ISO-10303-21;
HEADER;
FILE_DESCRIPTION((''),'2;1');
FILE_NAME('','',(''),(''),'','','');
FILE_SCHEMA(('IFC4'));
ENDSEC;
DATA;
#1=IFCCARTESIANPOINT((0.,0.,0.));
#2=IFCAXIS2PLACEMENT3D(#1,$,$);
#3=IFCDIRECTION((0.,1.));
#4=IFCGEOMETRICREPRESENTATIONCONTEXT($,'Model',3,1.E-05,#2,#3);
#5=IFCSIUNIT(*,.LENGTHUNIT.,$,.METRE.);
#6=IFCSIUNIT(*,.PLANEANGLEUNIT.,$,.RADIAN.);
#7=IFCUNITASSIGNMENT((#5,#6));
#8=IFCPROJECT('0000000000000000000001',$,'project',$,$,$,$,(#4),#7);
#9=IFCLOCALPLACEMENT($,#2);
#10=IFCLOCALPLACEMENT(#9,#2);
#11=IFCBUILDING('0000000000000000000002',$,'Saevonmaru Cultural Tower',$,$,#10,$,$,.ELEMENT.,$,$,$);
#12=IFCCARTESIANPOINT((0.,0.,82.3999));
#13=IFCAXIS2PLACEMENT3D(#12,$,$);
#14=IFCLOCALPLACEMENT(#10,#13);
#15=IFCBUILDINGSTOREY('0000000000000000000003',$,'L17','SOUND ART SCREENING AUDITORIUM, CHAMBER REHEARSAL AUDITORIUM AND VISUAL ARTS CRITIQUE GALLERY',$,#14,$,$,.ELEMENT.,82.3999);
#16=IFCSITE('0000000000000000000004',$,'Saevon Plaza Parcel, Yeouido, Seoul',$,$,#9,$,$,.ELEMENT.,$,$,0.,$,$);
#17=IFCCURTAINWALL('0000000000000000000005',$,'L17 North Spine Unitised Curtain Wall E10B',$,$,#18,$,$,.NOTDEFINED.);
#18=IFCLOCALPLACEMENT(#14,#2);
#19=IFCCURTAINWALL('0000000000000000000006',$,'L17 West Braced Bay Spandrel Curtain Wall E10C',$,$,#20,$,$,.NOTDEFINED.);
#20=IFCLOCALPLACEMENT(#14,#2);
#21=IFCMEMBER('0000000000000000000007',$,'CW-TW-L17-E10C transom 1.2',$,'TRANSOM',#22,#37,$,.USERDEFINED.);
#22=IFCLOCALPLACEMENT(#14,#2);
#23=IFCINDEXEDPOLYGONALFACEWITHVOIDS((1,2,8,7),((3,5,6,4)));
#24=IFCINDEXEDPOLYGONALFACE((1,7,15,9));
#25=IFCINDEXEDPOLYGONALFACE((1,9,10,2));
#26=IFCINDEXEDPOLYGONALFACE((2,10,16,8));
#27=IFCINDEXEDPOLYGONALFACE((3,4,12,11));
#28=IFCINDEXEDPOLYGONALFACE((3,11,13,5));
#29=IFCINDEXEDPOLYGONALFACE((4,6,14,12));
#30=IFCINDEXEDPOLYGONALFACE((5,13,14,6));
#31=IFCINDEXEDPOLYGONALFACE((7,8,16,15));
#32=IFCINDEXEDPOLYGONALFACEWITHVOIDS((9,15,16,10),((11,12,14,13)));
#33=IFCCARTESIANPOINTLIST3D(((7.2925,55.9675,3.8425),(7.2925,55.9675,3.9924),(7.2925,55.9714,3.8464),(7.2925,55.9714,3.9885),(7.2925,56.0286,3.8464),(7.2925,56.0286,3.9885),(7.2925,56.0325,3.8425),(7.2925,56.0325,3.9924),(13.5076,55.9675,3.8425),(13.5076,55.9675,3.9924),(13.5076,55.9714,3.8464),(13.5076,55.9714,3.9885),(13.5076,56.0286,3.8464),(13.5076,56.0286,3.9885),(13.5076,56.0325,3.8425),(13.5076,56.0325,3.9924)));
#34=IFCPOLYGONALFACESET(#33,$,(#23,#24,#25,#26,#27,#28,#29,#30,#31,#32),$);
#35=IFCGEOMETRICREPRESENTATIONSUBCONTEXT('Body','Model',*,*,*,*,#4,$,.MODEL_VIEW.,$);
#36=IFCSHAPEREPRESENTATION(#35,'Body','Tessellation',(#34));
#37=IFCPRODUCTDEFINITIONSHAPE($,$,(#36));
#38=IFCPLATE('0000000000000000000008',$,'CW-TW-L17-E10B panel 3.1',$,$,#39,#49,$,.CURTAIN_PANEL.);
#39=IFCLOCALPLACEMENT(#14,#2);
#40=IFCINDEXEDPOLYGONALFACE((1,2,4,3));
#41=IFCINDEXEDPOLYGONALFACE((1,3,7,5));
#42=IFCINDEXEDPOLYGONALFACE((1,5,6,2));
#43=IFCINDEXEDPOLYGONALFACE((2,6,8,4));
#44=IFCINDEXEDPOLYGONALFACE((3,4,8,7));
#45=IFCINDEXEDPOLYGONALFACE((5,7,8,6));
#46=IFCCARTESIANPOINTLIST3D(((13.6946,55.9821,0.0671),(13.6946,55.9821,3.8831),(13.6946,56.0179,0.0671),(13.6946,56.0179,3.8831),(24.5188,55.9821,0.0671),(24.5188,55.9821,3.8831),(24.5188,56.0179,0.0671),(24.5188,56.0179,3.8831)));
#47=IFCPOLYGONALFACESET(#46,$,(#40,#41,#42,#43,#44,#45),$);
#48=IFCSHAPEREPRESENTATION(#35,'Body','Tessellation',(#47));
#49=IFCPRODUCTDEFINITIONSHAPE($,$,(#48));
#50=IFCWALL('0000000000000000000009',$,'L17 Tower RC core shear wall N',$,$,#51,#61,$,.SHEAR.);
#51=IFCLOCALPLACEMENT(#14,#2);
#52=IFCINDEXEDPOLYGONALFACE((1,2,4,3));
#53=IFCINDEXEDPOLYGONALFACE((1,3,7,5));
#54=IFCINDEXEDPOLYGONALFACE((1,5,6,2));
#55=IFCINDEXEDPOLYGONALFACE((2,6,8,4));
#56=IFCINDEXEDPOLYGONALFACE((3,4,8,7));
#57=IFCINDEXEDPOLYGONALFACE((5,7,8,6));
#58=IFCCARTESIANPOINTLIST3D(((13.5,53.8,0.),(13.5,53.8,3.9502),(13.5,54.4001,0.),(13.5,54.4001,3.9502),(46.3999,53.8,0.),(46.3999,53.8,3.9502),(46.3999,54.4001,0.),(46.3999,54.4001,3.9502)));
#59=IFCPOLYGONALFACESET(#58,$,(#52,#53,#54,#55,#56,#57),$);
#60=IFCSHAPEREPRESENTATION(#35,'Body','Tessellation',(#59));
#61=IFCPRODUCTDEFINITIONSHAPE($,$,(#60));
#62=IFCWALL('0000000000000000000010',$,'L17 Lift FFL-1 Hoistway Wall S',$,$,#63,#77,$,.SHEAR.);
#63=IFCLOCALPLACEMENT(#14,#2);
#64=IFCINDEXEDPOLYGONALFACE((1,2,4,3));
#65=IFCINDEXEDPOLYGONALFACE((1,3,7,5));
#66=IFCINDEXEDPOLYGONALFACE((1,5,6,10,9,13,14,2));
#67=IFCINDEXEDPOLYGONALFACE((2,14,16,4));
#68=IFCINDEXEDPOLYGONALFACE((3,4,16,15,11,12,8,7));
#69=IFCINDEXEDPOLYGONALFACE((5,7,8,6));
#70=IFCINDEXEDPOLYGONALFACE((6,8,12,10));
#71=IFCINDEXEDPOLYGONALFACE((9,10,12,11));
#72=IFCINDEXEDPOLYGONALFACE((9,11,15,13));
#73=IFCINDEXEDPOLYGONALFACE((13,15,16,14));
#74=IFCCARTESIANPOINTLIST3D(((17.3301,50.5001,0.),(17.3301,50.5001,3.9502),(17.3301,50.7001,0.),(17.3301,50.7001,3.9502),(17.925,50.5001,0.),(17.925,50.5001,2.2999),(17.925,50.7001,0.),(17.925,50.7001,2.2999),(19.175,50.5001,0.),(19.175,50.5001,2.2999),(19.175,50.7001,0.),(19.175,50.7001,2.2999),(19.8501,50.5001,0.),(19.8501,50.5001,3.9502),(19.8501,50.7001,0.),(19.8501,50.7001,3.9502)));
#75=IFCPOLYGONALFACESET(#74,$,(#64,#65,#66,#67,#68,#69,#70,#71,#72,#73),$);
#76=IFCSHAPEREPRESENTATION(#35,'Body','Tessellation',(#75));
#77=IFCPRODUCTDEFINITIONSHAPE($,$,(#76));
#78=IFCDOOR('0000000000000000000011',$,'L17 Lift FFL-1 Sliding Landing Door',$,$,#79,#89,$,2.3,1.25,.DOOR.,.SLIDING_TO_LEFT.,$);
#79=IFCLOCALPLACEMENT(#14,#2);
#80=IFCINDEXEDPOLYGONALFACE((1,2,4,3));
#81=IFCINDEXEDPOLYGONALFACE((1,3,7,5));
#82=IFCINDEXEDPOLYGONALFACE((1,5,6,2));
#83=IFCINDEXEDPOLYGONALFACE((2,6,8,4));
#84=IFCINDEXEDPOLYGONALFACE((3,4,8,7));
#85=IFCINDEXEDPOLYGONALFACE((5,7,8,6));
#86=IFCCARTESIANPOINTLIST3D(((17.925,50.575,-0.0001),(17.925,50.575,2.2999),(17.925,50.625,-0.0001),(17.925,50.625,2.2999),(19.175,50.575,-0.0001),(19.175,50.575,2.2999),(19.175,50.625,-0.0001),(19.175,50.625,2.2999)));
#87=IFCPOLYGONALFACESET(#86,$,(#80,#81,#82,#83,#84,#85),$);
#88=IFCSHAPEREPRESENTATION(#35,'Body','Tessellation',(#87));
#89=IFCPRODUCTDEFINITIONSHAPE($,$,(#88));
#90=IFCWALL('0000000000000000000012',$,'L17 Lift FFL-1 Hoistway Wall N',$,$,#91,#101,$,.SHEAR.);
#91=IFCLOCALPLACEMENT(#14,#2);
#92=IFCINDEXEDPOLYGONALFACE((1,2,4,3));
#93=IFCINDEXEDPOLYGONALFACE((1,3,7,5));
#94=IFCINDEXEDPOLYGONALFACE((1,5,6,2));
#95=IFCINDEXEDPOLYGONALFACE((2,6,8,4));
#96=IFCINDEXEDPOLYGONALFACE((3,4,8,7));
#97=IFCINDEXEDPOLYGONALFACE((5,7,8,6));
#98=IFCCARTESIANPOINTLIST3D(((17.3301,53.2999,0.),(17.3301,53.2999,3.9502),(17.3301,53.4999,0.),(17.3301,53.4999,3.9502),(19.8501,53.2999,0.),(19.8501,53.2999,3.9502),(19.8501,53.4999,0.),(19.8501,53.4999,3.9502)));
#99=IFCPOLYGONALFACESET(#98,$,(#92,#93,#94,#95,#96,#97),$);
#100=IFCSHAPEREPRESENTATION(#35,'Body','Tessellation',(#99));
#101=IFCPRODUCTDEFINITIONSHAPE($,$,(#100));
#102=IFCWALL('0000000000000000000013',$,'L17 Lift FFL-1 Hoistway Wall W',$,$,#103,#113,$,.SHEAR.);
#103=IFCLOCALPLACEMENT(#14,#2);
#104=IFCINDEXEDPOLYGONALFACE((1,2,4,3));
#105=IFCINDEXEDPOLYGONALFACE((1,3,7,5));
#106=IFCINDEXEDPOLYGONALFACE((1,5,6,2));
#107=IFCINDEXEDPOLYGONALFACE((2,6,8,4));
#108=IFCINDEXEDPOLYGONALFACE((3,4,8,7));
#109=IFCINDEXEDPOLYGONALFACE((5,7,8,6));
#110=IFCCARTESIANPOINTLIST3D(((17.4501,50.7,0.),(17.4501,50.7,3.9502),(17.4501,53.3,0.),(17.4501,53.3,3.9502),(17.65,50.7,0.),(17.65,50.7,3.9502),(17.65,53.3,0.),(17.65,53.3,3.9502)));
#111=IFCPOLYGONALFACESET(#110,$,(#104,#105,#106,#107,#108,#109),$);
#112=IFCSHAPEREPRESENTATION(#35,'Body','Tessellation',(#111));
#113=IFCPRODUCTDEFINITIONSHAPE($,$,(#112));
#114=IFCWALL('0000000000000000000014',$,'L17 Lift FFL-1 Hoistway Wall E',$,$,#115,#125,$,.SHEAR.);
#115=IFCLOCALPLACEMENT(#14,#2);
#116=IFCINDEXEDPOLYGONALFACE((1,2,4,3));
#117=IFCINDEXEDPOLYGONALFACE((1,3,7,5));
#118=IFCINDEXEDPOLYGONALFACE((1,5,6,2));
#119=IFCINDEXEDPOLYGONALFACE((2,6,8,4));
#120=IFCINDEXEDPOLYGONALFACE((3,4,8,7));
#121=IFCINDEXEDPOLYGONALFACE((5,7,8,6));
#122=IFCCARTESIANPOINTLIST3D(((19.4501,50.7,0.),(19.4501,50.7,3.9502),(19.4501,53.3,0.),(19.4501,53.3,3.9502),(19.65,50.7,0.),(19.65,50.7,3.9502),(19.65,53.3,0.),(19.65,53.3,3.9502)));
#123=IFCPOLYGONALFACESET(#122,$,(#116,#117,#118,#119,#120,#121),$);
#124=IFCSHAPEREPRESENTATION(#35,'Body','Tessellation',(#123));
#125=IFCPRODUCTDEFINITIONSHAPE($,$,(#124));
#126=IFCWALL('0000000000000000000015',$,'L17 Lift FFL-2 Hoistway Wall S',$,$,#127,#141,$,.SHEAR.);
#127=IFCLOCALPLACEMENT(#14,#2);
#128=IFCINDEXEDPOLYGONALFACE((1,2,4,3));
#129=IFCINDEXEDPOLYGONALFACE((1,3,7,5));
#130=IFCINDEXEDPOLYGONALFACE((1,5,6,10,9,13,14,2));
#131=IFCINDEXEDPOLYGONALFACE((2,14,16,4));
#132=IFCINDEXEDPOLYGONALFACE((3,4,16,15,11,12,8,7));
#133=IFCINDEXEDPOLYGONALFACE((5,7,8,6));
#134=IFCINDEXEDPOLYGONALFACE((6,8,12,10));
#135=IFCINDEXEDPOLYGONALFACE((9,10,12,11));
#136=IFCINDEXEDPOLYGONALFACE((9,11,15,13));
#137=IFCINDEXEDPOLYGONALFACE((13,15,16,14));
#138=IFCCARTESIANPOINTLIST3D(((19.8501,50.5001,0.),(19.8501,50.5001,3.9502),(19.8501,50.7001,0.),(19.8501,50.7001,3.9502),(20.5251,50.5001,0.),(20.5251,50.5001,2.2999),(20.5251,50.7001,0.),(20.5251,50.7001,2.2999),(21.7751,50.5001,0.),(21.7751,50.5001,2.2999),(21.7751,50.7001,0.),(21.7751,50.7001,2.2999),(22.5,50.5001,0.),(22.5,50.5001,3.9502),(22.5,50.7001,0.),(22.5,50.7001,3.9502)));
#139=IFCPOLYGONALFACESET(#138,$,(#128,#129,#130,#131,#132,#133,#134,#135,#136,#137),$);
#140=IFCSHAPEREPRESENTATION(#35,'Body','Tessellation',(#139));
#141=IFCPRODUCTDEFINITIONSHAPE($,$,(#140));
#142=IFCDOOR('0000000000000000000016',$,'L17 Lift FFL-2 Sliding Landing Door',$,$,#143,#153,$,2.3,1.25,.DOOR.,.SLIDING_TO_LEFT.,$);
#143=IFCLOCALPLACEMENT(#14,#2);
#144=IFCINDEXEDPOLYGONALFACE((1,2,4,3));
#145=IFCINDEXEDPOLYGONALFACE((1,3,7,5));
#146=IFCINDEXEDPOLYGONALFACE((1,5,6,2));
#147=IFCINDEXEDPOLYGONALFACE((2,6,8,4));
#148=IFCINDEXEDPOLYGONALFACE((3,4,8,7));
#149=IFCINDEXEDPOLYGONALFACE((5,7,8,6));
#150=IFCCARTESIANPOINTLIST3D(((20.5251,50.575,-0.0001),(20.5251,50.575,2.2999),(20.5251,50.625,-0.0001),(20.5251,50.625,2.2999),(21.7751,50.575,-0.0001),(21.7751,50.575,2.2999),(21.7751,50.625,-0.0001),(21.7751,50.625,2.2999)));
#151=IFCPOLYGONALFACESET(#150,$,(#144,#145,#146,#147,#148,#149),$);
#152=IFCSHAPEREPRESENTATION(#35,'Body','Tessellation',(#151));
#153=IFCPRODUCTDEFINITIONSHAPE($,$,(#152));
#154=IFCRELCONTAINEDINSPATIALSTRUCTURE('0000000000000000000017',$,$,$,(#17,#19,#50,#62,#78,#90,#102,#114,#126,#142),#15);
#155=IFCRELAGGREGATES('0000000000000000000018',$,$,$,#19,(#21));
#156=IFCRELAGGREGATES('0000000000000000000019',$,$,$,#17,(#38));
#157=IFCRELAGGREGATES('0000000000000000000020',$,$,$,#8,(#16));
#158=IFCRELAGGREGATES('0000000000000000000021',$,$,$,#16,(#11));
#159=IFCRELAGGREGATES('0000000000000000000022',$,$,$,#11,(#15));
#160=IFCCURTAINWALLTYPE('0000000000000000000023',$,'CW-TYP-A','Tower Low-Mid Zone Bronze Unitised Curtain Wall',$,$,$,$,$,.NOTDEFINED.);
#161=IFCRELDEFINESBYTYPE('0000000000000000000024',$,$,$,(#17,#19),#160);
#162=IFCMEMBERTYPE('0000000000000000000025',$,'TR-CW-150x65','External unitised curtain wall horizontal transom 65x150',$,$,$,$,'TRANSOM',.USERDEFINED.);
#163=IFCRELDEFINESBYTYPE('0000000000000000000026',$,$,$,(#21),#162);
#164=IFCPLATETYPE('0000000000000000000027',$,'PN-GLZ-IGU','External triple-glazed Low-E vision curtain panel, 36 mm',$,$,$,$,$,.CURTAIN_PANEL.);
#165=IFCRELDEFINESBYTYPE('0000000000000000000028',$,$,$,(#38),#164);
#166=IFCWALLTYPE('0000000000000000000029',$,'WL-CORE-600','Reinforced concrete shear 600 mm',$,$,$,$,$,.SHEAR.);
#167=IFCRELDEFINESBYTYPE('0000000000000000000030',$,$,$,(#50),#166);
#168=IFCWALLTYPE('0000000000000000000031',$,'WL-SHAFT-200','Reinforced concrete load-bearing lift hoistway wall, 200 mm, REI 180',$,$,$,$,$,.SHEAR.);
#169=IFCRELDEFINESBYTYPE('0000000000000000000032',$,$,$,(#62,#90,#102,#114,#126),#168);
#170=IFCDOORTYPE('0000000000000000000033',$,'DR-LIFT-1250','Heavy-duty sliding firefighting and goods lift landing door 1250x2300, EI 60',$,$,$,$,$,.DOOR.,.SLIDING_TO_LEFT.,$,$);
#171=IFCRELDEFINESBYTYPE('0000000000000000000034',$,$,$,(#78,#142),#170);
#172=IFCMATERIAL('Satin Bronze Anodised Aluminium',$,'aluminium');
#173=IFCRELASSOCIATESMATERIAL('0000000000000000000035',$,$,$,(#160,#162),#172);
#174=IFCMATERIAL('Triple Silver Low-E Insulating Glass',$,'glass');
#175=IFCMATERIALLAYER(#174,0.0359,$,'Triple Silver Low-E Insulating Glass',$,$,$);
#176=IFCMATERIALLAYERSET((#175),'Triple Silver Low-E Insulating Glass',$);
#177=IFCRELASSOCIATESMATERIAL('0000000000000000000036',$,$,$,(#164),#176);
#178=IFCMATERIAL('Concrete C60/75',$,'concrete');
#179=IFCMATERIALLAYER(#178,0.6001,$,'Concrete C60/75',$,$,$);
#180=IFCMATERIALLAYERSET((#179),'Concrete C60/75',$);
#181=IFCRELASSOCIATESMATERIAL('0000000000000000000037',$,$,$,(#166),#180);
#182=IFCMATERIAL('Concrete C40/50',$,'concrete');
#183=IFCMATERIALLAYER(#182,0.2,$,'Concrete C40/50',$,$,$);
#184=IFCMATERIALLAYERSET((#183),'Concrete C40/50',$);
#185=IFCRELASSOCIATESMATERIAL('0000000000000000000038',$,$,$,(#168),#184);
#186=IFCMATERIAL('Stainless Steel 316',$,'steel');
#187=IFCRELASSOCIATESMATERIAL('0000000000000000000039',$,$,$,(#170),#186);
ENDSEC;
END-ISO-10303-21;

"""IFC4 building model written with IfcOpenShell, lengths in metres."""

from ifc_helpers import new_model, si_unit, direction, frame, frame_2d, origin, origin_2d, place, context, subcontext, project, spatial, rectangle, hollow_rectangle, extrude, material, layer, layer_set, material_profile, profile_set, type_object, element, fill, aggregate, save


model = new_model("IFC4")

# Units and contexts
model_context = context("Model", 3, precision=1e-05, world=origin(), true_north=direction((0.0, 1.0)))
body_context = subcontext(model_context, "Body", "Model", "MODEL_VIEW")
ifc_project = project(units=[si_unit("LENGTHUNIT", "METRE"), si_unit("PLANEANGLEUNIT", "RADIAN")], contexts=[model_context])

# Site, building, storey
site_placement = place(None, origin())
site = spatial("IfcSite", under=ifc_project, at=site_placement, Name="Saevon Plaza Parcel, Yeouido, Seoul", CompositionType="ELEMENT", RefElevation=0.0)
building_placement = place(site_placement, origin())
building = spatial("IfcBuilding", under=site, at=building_placement, Name="Saevonmaru Cultural Tower", CompositionType="ELEMENT")
storey_placement = place(building_placement, frame((0.0, 0.0, 82.3999)))
storey = spatial("IfcBuildingStorey", under=building, at=storey_placement, Name="L17", Description="SOUND ART SCREENING AUDITORIUM, CHAMBER REHEARSAL AUDITORIUM AND VISUAL ARTS CRITIQUE GALLERY", CompositionType="ELEMENT", Elevation=82.3999)

# Curtain wall
ifc_material_1 = material(Name="Satin Bronze Anodised Aluminium", Category="aluminium")
curtain_wall_type = type_object("IfcCurtainWallType", Name="CW-TYP-A", Description="Tower Low-Mid Zone Bronze Unitised Curtain Wall", PredefinedType="NOTDEFINED", material=ifc_material_1)
curtain_wall_1_placement = place(storey_placement, origin())
curtain_wall_1 = element("IfcCurtainWall", 1, at=curtain_wall_1_placement, inside=storey, type_object=curtain_wall_type, Name="L17 North Spine Unitised Curtain Wall E10B", PredefinedType="NOTDEFINED")

# Curtain wall, member
curtain_wall_2_placement = place(storey_placement, origin())
curtain_wall_2 = element("IfcCurtainWall", 2, at=curtain_wall_2_placement, inside=storey, type_object=curtain_wall_type, Name="L17 West Braced Bay Spandrel Curtain Wall E10C", PredefinedType="NOTDEFINED")
ifc_material_profile_1 = material_profile(ifc_material_1, hollow_rectangle(XDim=0.0649, YDim=0.1499, WallThickness=0.0039, at=origin_2d()), Name="ALU-TRAN-150x65x4")
ifc_profile_set_1 = profile_set([ifc_material_profile_1], Name="Satin Bronze Anodised Aluminium")
member_type_1 = type_object("IfcMemberType", Name="TR-CW-150x65", Description="External unitised curtain wall horizontal transom 65x150", ElementType="TRANSOM", PredefinedType="USERDEFINED", material=ifc_profile_set_1)
member_1_placement = place(storey_placement, frame((13.5076, 56.0, 3.9175), z_axis=(-1.0, 0.0, 0.0), x_axis=(0.0, -1.0, 0.0)))
member_1 = element("IfcMember", 3, at=member_1_placement, type_object=member_type_1, Name="CW-TW-L17-E10C transom 1.2", ObjectType="TRANSOM", PredefinedType="USERDEFINED", context=body_context, shape_type="SweptSolid", body=[
    extrude(hollow_rectangle(XDim=0.0649, YDim=0.1499, WallThickness=0.0039, at=origin_2d()), origin(), (0.0, 0.0, 1.0), 6.2151),
])
aggregate(curtain_wall_2, [member_1])

# Plate
ifc_material_2 = material(Name="Triple Silver Low-E Insulating Glass", Category="glass")
ifc_layer_1 = layer(ifc_material_2, 0.0359, Name="Triple Silver Low-E Insulating Glass")
ifc_layer_set_1 = layer_set([ifc_layer_1], Name="Triple Silver Low-E Insulating Glass")
plate_type = type_object("IfcPlateType", Name="PN-GLZ-IGU", Description="External triple-glazed Low-E vision curtain panel, 36 mm", PredefinedType="CURTAIN_PANEL", material=ifc_layer_set_1)
plate_placement = place(storey_placement, frame((19.1067, 56.0, 0.0671), z_axis=(0.0, 0.0, 1.0), x_axis=(-1.0, 0.0, 0.0)))
plate = element("IfcPlate", 4, at=plate_placement, type_object=plate_type, Name="CW-TW-L17-E10B panel 3.1", PredefinedType="CURTAIN_PANEL", context=body_context, shape_type="SweptSolid", body=[
    extrude(rectangle(XDim=10.8242, YDim=0.0359, at=origin_2d()), origin(), (0.0, 0.0, 1.0), 3.8159),
])
aggregate(curtain_wall_1, [plate])

# Wall
ifc_material_3 = material(Name="Concrete C60/75", Category="concrete")
ifc_layer_2 = layer(ifc_material_3, 0.6001, Name="Concrete C60/75")
ifc_layer_set_2 = layer_set([ifc_layer_2], Name="Concrete C60/75")
wall_type_1 = type_object("IfcWallType", Name="WL-CORE-600", Description="Reinforced concrete shear 600 mm", PredefinedType="SHEAR", material=ifc_layer_set_2)
wall_1_placement = place(storey_placement, frame((13.5, 54.1001, 0.0), z_axis=(0.0, 0.0, 1.0), x_axis=(1.0, 0.0, 0.0)))
element("IfcWall", 5, at=wall_1_placement, inside=storey, type_object=wall_type_1, Name="L17 Tower RC core shear wall N", PredefinedType="SHEAR", context=body_context, shape_type="SweptSolid", body=[
    extrude(rectangle(XDim=32.8999, YDim=0.6001, at=frame_2d((16.45, 0.0))), origin(), (0.0, 0.0, 1.0), 3.9502),
])

# Wall, opening, door
ifc_material_4 = material(Name="Concrete C40/50", Category="concrete")
ifc_layer_3 = layer(ifc_material_4, 0.2, Name="Concrete C40/50")
ifc_layer_set_3 = layer_set([ifc_layer_3], Name="Concrete C40/50")
wall_type_2 = type_object("IfcWallType", Name="WL-SHAFT-200", Description="Reinforced concrete load-bearing lift hoistway wall, 200 mm, REI 180", PredefinedType="SHEAR", material=ifc_layer_set_3)
wall_2_placement = place(storey_placement, frame((17.3301, 50.6001, 0.0), z_axis=(0.0, 0.0, 1.0), x_axis=(1.0, 0.0, 0.0)))
wall_2 = element("IfcWall", 6, at=wall_2_placement, inside=storey, type_object=wall_type_2, Name="L17 Lift FFL-1 Hoistway Wall S", PredefinedType="SHEAR", context=body_context, shape_type="SweptSolid", body=[
    extrude(rectangle(XDim=2.52, YDim=0.2, at=frame_2d((1.26, 0.0))), origin(), (0.0, 0.0, 1.0), 3.9502),
])
opening_1_placement = place(wall_2_placement, frame((0.595, 0.0, 0.0)))
opening_1 = element("IfcOpeningElement", 7, at=opening_1_placement, cuts=wall_2, PredefinedType="OPENING", context=body_context, shape_type="SweptSolid", body=[
    extrude(rectangle(XDim=1.25, YDim=2.3, at=frame_2d((0.625, 1.1499))), frame((0.0, 0.1099, 0.0), z_axis=(0.0, -1.0, 0.0), x_axis=(1.0, 0.0, 0.0)), (0.0, 0.0, 1.0), 0.22),
])
ifc_material_5 = material(Name="Stainless Steel 316", Category="steel")
door_type = type_object("IfcDoorType", Name="DR-LIFT-1250", Description="Heavy-duty sliding firefighting and goods lift landing door 1250x2300, EI 60", OperationType="SLIDING_TO_LEFT", PredefinedType="DOOR", material=ifc_material_5)
door_1_placement = place(opening_1_placement, origin())
door_1 = element("IfcDoor", 8, at=door_1_placement, inside=storey, type_object=door_type, Name="L17 Lift FFL-1 Sliding Landing Door", OperationType="SLIDING_TO_LEFT", OverallHeight=2.3, OverallWidth=1.25, PredefinedType="DOOR", context=body_context, shape_type="SweptSolid", body=[
    extrude(rectangle(XDim=1.25, YDim=2.3, at=frame_2d((0.625, 1.1499))), frame((0.0, 0.0249, 0.0), z_axis=(0.0, -1.0, 0.0), x_axis=(1.0, 0.0, 0.0)), (0.0, 0.0, 1.0), 0.05),
])
fill(opening_1, door_1)

# Walls
wall_3_placement = place(storey_placement, frame((17.3301, 53.3999, 0.0), z_axis=(0.0, 0.0, 1.0), x_axis=(1.0, 0.0, 0.0)))
element("IfcWall", 9, at=wall_3_placement, inside=storey, type_object=wall_type_2, Name="L17 Lift FFL-1 Hoistway Wall N", PredefinedType="SHEAR", context=body_context, shape_type="SweptSolid", body=[
    extrude(rectangle(XDim=2.52, YDim=0.2, at=frame_2d((1.26, 0.0))), origin(), (0.0, 0.0, 1.0), 3.9502),
])
for number, where, z_axis, x_axis, name in (
    (10, (17.55, 50.7, 0.0), (0.0, 0.0, 1.0), (0.0, 1.0, 0.0), "L17 Lift FFL-1 Hoistway Wall W"),
    (11, (19.55, 50.7, 0.0), (0.0, 0.0, 1.0), (0.0, 1.0, 0.0), "L17 Lift FFL-1 Hoistway Wall E"),
):
    element("IfcWall", number, at=place(storey_placement, frame(where, z_axis=z_axis, x_axis=x_axis)), inside=storey, type_object=wall_type_2, Name=name, PredefinedType="SHEAR", context=body_context, shape_type="SweptSolid", body=[
        extrude(rectangle(XDim=2.6001, YDim=0.2, at=frame_2d((1.3, 0.0))), origin(), (0.0, 0.0, 1.0), 3.9502),
    ])

# Wall, opening, door
wall_4_placement = place(storey_placement, frame((19.8501, 50.6001, 0.0), z_axis=(0.0, 0.0, 1.0), x_axis=(1.0, 0.0, 0.0)))
wall_4 = element("IfcWall", 12, at=wall_4_placement, inside=storey, type_object=wall_type_2, Name="L17 Lift FFL-2 Hoistway Wall S", PredefinedType="SHEAR", context=body_context, shape_type="SweptSolid", body=[
    extrude(rectangle(XDim=2.6499, YDim=0.2, at=frame_2d((1.325, 0.0))), origin(), (0.0, 0.0, 1.0), 3.9502),
])
opening_2_placement = place(wall_4_placement, frame((0.675, 0.0, 0.0)))
opening_2 = element("IfcOpeningElement", 13, at=opening_2_placement, cuts=wall_4, PredefinedType="OPENING", context=body_context, shape_type="SweptSolid", body=[
    extrude(rectangle(XDim=1.25, YDim=2.3, at=frame_2d((0.625, 1.1499))), frame((0.0, 0.1099, 0.0), z_axis=(0.0, -1.0, 0.0), x_axis=(1.0, 0.0, 0.0)), (0.0, 0.0, 1.0), 0.22),
])
door_2_placement = place(opening_2_placement, origin())
door_2 = element("IfcDoor", 14, at=door_2_placement, inside=storey, type_object=door_type, Name="L17 Lift FFL-2 Sliding Landing Door", OperationType="SLIDING_TO_LEFT", OverallHeight=2.3, OverallWidth=1.25, PredefinedType="DOOR", context=body_context, shape_type="SweptSolid", body=[
    extrude(rectangle(XDim=1.25, YDim=2.3, at=frame_2d((0.625, 1.1499))), frame((0.0, 0.0249, 0.0), z_axis=(0.0, -1.0, 0.0), x_axis=(1.0, 0.0, 0.0)), (0.0, 0.0, 1.0), 0.05),
])
fill(opening_2, door_2)

save(model, "model.ifc")
